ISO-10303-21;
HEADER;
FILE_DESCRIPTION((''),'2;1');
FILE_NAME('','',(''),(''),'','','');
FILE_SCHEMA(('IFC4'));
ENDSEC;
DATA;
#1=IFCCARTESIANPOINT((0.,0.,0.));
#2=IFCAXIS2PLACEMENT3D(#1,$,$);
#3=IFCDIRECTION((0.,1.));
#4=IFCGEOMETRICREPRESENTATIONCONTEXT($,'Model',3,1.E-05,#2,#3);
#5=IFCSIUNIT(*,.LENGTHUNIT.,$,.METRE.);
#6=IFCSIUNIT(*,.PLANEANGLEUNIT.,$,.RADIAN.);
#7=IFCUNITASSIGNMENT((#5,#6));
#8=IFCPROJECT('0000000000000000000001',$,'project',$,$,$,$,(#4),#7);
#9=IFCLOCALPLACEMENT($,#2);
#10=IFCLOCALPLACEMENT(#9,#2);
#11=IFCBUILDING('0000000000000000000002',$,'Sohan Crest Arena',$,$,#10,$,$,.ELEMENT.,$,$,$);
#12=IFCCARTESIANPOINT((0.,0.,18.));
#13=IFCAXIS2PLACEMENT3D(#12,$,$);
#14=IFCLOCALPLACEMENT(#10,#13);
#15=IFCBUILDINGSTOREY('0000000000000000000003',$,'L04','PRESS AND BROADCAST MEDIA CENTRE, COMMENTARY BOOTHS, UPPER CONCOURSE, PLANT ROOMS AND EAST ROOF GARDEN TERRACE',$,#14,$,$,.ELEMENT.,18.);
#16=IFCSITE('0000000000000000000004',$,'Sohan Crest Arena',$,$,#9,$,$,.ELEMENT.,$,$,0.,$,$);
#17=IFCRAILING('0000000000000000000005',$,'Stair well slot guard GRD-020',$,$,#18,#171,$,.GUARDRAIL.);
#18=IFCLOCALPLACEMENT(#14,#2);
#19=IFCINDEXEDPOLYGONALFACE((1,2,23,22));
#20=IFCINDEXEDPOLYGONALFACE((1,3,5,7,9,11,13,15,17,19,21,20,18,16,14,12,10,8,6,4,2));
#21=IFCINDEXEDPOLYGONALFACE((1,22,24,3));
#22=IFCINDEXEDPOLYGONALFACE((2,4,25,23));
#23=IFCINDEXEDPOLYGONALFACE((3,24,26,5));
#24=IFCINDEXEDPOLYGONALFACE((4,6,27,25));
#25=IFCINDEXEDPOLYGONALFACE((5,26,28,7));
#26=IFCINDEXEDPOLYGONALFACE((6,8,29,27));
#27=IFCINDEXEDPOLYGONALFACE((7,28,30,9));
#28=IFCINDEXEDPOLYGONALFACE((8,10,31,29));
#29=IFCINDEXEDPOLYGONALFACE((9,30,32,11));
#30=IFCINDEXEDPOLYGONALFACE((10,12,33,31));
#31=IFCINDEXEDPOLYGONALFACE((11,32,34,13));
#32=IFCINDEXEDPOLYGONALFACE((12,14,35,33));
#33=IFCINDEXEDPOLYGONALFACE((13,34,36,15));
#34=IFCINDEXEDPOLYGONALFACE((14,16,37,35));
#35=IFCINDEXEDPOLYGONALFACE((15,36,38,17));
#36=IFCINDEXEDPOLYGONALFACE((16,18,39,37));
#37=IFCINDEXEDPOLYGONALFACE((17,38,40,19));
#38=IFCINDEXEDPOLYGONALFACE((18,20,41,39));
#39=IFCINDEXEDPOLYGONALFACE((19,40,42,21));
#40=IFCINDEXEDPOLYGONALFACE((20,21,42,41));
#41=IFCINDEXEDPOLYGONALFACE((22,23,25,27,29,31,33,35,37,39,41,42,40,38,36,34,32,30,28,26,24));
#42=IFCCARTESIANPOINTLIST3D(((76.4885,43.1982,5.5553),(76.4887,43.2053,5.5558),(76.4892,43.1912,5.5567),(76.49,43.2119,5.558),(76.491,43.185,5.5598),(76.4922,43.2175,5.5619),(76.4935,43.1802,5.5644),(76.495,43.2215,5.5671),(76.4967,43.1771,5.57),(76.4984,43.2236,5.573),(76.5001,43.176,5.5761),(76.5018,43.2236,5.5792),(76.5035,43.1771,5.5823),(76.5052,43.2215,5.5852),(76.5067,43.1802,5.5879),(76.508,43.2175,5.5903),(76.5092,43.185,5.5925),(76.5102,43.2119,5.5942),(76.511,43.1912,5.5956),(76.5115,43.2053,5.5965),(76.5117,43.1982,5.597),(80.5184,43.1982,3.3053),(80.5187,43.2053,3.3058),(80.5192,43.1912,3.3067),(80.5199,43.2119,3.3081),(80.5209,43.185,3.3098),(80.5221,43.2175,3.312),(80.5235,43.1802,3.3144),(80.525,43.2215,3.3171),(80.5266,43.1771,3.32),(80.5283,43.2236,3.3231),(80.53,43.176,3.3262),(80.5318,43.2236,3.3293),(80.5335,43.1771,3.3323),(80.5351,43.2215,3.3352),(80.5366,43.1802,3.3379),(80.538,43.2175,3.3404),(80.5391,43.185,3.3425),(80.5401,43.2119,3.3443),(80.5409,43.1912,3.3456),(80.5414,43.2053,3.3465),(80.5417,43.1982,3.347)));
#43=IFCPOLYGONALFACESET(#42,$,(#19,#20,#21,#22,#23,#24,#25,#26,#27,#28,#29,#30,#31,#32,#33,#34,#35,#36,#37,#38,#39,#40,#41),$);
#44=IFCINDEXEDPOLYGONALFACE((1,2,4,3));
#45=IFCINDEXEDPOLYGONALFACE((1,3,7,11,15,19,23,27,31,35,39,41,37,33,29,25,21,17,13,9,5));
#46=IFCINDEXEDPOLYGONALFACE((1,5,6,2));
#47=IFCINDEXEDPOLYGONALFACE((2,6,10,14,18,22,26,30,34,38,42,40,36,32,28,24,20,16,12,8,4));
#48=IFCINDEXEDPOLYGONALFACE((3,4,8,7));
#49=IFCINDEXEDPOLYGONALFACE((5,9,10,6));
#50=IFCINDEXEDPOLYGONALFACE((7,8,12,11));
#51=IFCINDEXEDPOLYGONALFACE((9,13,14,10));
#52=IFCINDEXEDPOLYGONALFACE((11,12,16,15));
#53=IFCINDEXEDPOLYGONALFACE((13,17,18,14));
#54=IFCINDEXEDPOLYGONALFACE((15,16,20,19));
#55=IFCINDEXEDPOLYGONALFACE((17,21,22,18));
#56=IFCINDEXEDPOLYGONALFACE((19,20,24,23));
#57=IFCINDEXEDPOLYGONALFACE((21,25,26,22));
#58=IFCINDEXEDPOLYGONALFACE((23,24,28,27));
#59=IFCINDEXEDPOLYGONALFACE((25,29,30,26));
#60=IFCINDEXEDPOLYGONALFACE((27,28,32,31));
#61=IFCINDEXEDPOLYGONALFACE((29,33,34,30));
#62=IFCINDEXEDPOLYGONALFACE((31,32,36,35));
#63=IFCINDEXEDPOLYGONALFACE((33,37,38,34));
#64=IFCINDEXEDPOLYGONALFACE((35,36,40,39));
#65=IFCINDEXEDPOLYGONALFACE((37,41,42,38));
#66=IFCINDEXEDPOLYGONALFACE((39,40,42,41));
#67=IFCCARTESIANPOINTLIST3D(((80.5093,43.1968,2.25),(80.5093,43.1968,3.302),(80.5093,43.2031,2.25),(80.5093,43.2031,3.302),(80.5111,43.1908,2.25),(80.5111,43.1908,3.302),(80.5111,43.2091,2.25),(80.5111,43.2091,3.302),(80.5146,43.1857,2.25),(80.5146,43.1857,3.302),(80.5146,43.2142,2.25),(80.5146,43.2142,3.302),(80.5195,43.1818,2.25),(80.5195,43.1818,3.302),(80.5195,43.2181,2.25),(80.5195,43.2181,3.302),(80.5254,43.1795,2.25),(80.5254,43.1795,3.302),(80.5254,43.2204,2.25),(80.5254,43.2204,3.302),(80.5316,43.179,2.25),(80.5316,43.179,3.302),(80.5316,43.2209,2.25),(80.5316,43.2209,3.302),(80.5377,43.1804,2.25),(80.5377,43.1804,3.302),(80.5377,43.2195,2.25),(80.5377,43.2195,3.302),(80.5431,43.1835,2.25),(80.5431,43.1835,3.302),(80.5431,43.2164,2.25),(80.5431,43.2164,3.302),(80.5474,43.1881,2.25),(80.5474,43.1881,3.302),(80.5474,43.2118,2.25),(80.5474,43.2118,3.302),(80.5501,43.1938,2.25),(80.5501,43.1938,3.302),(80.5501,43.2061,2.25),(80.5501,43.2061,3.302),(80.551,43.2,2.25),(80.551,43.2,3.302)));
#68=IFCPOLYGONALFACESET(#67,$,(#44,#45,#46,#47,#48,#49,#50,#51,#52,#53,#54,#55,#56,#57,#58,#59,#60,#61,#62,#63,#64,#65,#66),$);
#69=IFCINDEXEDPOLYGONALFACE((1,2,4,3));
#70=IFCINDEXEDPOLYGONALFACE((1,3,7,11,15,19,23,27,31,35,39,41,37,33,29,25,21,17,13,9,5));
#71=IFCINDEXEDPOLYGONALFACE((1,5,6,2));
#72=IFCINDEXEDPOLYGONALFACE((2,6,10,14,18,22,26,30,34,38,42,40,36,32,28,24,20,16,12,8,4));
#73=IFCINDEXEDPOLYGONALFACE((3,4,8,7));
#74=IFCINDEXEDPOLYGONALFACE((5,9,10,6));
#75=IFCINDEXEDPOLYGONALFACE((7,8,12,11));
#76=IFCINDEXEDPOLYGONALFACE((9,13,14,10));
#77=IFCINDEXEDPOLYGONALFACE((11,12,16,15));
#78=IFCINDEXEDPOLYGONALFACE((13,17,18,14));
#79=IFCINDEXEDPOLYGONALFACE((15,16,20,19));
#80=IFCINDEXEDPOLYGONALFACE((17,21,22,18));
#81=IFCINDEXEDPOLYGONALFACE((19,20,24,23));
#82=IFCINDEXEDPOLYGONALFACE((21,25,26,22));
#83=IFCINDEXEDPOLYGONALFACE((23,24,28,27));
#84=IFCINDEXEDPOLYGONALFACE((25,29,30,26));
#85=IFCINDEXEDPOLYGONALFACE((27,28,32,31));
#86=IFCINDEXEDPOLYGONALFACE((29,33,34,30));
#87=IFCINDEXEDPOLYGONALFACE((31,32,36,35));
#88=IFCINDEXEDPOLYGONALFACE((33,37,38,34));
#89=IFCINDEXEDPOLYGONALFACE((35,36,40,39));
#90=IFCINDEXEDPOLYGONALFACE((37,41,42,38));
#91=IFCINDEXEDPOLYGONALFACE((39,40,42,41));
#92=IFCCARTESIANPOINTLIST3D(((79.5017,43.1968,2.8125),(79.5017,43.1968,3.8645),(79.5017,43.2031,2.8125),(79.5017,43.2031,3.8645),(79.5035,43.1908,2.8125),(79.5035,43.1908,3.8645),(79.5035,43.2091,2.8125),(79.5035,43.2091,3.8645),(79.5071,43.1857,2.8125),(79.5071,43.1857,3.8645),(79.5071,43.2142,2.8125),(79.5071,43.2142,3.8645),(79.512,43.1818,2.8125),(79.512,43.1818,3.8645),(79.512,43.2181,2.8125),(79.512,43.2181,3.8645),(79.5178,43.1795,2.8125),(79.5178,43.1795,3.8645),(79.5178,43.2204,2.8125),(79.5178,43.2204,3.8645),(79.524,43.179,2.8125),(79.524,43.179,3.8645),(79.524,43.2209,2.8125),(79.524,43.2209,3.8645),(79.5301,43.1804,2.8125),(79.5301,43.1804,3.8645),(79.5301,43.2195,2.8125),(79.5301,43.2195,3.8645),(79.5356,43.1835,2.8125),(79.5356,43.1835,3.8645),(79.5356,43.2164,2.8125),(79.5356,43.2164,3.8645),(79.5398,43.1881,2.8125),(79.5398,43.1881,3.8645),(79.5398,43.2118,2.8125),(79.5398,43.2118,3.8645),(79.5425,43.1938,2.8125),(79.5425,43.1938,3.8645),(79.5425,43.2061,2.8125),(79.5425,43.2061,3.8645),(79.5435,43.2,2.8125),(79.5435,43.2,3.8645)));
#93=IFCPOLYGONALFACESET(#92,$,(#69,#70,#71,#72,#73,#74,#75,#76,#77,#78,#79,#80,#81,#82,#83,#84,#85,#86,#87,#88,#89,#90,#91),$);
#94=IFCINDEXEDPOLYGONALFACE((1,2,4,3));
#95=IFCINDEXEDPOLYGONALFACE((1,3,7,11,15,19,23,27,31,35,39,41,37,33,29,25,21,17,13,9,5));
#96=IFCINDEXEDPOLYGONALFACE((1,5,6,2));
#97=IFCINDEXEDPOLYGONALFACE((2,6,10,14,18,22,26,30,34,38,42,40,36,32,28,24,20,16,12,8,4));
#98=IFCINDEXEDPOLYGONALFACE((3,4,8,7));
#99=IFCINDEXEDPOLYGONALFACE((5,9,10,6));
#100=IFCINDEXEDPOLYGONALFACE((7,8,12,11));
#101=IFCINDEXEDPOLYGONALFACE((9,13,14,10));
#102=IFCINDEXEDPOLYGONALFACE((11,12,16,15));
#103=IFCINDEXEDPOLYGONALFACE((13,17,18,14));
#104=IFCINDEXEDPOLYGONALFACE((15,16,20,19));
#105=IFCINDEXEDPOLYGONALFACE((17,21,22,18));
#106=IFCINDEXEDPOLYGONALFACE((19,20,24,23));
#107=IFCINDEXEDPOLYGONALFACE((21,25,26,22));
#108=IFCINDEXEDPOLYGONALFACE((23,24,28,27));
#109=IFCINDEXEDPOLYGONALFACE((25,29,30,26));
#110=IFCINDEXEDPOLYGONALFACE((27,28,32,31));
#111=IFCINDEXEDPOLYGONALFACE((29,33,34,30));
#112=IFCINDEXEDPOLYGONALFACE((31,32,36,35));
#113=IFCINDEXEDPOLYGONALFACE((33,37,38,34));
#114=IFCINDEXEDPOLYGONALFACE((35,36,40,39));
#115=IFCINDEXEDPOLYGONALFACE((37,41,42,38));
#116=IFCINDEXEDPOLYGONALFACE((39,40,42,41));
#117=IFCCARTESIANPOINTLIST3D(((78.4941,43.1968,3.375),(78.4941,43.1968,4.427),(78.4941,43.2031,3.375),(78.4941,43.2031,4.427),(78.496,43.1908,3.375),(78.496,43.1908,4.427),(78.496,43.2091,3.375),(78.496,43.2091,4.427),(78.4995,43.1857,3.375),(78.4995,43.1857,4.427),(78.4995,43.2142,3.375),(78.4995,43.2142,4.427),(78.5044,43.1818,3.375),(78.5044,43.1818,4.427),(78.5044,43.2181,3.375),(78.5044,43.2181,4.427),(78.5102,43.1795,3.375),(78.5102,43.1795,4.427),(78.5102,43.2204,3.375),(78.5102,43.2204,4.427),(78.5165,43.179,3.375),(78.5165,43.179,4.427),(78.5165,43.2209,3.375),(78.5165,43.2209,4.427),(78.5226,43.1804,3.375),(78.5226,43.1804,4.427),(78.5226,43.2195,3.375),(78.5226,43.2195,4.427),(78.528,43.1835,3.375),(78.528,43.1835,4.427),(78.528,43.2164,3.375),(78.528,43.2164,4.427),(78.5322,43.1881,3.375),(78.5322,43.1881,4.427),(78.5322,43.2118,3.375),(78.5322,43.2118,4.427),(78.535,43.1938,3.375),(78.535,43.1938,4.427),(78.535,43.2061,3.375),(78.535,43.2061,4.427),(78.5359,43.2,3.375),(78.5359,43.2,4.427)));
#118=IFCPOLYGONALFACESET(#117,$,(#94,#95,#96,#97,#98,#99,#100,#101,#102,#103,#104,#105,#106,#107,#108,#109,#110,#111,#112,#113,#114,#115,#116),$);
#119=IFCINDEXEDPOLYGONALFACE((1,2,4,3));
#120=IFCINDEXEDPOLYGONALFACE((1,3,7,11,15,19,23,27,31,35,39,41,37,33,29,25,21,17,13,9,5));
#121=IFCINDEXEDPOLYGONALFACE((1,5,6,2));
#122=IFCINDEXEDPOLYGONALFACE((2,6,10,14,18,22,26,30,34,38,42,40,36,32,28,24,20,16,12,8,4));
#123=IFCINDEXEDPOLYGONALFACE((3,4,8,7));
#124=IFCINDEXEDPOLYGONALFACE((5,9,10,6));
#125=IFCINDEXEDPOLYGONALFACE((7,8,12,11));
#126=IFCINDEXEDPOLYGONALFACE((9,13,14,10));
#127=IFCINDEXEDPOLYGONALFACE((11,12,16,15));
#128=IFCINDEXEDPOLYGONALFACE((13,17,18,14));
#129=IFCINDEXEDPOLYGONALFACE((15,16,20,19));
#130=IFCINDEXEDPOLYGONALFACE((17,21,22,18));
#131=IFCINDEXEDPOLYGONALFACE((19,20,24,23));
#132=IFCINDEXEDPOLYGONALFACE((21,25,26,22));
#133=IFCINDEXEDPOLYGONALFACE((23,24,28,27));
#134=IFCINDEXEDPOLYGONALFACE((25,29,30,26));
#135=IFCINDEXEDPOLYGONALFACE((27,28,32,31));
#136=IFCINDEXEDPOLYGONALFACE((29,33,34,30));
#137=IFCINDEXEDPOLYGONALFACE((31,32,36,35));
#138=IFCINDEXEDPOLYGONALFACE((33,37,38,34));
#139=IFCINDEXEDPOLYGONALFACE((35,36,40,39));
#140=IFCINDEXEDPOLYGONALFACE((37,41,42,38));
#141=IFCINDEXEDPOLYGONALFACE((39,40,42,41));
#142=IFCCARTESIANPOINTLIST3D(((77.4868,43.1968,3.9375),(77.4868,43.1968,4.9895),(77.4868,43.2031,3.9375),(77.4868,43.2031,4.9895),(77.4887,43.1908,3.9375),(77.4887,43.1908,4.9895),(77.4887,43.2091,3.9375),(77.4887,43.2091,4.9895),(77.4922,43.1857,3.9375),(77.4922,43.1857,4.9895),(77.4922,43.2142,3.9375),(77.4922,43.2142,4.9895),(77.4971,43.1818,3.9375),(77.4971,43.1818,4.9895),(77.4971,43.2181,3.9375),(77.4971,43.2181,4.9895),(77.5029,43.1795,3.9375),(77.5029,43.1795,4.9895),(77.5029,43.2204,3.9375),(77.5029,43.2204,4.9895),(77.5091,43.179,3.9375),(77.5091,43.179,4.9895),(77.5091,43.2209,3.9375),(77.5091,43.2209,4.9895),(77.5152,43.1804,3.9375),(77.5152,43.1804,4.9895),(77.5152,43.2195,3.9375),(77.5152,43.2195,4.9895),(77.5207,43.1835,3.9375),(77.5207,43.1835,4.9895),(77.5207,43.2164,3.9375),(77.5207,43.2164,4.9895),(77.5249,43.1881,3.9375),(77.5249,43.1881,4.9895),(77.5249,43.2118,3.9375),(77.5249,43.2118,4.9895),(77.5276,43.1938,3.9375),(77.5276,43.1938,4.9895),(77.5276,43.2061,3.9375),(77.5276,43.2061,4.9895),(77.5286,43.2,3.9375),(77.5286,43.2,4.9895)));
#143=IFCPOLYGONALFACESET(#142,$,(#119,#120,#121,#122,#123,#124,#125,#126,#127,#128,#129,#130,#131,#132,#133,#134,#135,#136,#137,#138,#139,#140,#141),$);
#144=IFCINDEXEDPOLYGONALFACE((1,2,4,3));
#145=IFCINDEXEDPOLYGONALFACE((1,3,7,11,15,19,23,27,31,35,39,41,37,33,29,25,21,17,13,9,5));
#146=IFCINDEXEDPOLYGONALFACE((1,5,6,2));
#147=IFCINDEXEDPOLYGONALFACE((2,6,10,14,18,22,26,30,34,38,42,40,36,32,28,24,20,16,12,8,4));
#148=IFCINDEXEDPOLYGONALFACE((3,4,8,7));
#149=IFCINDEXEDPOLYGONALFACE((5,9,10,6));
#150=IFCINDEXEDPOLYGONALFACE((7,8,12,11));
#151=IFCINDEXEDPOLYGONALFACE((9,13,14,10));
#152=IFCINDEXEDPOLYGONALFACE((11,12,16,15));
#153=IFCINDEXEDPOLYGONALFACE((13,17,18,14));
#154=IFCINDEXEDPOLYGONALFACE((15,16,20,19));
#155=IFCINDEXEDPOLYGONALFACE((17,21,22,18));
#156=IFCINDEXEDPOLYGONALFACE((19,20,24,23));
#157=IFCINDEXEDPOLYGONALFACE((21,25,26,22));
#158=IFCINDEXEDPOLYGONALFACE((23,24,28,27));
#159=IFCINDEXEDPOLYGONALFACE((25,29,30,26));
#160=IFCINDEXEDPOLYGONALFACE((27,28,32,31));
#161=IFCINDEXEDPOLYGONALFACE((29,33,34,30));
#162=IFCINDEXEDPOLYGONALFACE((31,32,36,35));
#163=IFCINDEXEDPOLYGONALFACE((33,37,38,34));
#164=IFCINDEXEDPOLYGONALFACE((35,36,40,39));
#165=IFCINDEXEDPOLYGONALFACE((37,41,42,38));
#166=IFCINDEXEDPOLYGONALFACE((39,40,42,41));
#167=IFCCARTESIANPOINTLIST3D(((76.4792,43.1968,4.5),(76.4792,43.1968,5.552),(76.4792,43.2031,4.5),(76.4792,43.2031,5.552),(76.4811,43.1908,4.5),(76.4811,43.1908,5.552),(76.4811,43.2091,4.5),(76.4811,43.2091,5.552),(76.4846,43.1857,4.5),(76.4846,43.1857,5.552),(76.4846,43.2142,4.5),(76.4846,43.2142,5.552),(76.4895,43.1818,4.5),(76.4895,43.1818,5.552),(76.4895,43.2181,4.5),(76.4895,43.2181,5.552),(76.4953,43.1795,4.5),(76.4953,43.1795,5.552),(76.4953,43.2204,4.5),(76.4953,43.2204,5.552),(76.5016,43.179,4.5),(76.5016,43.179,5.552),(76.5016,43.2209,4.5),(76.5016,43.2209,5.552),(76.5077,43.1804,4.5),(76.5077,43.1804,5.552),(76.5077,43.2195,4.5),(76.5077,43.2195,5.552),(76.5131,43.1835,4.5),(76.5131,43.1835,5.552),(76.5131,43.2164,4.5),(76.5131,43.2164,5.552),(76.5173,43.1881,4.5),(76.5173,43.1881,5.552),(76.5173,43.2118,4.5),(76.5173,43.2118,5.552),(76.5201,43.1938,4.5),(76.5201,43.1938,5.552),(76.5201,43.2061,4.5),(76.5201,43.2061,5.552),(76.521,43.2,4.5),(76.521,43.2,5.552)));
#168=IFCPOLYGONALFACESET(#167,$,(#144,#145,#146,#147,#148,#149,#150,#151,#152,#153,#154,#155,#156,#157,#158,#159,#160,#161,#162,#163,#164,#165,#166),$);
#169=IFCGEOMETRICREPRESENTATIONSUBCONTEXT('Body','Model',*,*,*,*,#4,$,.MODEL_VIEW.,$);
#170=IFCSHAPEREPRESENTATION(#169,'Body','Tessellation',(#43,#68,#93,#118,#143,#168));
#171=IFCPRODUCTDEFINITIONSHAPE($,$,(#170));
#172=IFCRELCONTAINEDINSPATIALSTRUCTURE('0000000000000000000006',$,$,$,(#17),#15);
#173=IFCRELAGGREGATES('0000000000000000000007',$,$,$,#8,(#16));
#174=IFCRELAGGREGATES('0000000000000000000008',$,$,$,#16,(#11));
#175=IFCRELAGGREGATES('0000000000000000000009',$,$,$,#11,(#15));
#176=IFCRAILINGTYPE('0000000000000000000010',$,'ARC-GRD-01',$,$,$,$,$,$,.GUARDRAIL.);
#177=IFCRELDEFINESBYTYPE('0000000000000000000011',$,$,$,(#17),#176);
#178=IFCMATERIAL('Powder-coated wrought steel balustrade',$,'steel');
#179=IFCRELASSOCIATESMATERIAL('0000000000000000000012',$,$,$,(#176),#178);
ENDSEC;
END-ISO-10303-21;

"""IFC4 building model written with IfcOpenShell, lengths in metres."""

from ifc_helpers import new_model, si_unit, direction, frame, origin, origin_2d, place, context, subcontext, project, spatial, circle, extrude, material, type_object, element, save


model = new_model("IFC4")

# Units and contexts
model_context = context("Model", 3, precision=1e-05, world=origin(), true_north=direction((0.0, 1.0)))
body_context = subcontext(model_context, "Body", "Model", "MODEL_VIEW")
ifc_project = project(units=[si_unit("LENGTHUNIT", "METRE"), si_unit("PLANEANGLEUNIT", "RADIAN")], contexts=[model_context])

# Site, building, storey
site_placement = place(None, origin())
site = spatial("IfcSite", under=ifc_project, at=site_placement, Name="Sohan Crest Arena", CompositionType="ELEMENT", RefElevation=0.0)
building_placement = place(site_placement, origin())
building = spatial("IfcBuilding", under=site, at=building_placement, Name="Sohan Crest Arena", CompositionType="ELEMENT")
storey_placement = place(building_placement, frame((0.0, 0.0, 18.0)))
storey = spatial("IfcBuildingStorey", under=building, at=storey_placement, Name="L04", Description="PRESS AND BROADCAST MEDIA CENTRE, COMMENTARY BOOTHS, UPPER CONCOURSE, PLANT ROOMS AND EAST ROOF GARDEN TERRACE", CompositionType="ELEMENT", Elevation=18.0)

# Railing
ifc_material_1 = material(Name="Powder-coated wrought steel balustrade", Category="steel")
railing_type_1 = type_object("IfcRailingType", Name="ARC-GRD-01", PredefinedType="GUARDRAIL", material=ifc_material_1)
railing_1_placement = place(storey_placement, frame((80.53, 43.2, 2.25)))
element("IfcRailing", 1, at=railing_1_placement, inside=storey, type_object=railing_type_1, Name="Stair well slot guard GRD-020", PredefinedType="GUARDRAIL", context=body_context, shape_type="SweptSolid", body=[
    extrude(circle(Radius=0.0239, at=origin_2d()), frame((0.0, 0.0, 1.0762), z_axis=(-0.873135, 0.0, 0.487479), x_axis=(0.0, -1.0, 0.0)), (0.0, 0.0, 1.0), 4.6155),
    extrude(circle(Radius=0.021, at=origin_2d()), origin(), (0.0, 0.0, 1.0), 1.052),
    extrude(circle(Radius=0.021, at=origin_2d()), frame((-1.0076, 0.0, 0.5625)), (0.0, 0.0, 1.0), 1.052),
    extrude(circle(Radius=0.021, at=origin_2d()), frame((-2.0151, 0.0, 1.125)), (0.0, 0.0, 1.0), 1.052),
    extrude(circle(Radius=0.021, at=origin_2d()), frame((-3.0225, 0.0, 1.6875)), (0.0, 0.0, 1.0), 1.052),
    extrude(circle(Radius=0.021, at=origin_2d()), frame((-4.03, 0.0, 2.25)), (0.0, 0.0, 1.0), 1.052),
])

save(model, "model.ifc")
